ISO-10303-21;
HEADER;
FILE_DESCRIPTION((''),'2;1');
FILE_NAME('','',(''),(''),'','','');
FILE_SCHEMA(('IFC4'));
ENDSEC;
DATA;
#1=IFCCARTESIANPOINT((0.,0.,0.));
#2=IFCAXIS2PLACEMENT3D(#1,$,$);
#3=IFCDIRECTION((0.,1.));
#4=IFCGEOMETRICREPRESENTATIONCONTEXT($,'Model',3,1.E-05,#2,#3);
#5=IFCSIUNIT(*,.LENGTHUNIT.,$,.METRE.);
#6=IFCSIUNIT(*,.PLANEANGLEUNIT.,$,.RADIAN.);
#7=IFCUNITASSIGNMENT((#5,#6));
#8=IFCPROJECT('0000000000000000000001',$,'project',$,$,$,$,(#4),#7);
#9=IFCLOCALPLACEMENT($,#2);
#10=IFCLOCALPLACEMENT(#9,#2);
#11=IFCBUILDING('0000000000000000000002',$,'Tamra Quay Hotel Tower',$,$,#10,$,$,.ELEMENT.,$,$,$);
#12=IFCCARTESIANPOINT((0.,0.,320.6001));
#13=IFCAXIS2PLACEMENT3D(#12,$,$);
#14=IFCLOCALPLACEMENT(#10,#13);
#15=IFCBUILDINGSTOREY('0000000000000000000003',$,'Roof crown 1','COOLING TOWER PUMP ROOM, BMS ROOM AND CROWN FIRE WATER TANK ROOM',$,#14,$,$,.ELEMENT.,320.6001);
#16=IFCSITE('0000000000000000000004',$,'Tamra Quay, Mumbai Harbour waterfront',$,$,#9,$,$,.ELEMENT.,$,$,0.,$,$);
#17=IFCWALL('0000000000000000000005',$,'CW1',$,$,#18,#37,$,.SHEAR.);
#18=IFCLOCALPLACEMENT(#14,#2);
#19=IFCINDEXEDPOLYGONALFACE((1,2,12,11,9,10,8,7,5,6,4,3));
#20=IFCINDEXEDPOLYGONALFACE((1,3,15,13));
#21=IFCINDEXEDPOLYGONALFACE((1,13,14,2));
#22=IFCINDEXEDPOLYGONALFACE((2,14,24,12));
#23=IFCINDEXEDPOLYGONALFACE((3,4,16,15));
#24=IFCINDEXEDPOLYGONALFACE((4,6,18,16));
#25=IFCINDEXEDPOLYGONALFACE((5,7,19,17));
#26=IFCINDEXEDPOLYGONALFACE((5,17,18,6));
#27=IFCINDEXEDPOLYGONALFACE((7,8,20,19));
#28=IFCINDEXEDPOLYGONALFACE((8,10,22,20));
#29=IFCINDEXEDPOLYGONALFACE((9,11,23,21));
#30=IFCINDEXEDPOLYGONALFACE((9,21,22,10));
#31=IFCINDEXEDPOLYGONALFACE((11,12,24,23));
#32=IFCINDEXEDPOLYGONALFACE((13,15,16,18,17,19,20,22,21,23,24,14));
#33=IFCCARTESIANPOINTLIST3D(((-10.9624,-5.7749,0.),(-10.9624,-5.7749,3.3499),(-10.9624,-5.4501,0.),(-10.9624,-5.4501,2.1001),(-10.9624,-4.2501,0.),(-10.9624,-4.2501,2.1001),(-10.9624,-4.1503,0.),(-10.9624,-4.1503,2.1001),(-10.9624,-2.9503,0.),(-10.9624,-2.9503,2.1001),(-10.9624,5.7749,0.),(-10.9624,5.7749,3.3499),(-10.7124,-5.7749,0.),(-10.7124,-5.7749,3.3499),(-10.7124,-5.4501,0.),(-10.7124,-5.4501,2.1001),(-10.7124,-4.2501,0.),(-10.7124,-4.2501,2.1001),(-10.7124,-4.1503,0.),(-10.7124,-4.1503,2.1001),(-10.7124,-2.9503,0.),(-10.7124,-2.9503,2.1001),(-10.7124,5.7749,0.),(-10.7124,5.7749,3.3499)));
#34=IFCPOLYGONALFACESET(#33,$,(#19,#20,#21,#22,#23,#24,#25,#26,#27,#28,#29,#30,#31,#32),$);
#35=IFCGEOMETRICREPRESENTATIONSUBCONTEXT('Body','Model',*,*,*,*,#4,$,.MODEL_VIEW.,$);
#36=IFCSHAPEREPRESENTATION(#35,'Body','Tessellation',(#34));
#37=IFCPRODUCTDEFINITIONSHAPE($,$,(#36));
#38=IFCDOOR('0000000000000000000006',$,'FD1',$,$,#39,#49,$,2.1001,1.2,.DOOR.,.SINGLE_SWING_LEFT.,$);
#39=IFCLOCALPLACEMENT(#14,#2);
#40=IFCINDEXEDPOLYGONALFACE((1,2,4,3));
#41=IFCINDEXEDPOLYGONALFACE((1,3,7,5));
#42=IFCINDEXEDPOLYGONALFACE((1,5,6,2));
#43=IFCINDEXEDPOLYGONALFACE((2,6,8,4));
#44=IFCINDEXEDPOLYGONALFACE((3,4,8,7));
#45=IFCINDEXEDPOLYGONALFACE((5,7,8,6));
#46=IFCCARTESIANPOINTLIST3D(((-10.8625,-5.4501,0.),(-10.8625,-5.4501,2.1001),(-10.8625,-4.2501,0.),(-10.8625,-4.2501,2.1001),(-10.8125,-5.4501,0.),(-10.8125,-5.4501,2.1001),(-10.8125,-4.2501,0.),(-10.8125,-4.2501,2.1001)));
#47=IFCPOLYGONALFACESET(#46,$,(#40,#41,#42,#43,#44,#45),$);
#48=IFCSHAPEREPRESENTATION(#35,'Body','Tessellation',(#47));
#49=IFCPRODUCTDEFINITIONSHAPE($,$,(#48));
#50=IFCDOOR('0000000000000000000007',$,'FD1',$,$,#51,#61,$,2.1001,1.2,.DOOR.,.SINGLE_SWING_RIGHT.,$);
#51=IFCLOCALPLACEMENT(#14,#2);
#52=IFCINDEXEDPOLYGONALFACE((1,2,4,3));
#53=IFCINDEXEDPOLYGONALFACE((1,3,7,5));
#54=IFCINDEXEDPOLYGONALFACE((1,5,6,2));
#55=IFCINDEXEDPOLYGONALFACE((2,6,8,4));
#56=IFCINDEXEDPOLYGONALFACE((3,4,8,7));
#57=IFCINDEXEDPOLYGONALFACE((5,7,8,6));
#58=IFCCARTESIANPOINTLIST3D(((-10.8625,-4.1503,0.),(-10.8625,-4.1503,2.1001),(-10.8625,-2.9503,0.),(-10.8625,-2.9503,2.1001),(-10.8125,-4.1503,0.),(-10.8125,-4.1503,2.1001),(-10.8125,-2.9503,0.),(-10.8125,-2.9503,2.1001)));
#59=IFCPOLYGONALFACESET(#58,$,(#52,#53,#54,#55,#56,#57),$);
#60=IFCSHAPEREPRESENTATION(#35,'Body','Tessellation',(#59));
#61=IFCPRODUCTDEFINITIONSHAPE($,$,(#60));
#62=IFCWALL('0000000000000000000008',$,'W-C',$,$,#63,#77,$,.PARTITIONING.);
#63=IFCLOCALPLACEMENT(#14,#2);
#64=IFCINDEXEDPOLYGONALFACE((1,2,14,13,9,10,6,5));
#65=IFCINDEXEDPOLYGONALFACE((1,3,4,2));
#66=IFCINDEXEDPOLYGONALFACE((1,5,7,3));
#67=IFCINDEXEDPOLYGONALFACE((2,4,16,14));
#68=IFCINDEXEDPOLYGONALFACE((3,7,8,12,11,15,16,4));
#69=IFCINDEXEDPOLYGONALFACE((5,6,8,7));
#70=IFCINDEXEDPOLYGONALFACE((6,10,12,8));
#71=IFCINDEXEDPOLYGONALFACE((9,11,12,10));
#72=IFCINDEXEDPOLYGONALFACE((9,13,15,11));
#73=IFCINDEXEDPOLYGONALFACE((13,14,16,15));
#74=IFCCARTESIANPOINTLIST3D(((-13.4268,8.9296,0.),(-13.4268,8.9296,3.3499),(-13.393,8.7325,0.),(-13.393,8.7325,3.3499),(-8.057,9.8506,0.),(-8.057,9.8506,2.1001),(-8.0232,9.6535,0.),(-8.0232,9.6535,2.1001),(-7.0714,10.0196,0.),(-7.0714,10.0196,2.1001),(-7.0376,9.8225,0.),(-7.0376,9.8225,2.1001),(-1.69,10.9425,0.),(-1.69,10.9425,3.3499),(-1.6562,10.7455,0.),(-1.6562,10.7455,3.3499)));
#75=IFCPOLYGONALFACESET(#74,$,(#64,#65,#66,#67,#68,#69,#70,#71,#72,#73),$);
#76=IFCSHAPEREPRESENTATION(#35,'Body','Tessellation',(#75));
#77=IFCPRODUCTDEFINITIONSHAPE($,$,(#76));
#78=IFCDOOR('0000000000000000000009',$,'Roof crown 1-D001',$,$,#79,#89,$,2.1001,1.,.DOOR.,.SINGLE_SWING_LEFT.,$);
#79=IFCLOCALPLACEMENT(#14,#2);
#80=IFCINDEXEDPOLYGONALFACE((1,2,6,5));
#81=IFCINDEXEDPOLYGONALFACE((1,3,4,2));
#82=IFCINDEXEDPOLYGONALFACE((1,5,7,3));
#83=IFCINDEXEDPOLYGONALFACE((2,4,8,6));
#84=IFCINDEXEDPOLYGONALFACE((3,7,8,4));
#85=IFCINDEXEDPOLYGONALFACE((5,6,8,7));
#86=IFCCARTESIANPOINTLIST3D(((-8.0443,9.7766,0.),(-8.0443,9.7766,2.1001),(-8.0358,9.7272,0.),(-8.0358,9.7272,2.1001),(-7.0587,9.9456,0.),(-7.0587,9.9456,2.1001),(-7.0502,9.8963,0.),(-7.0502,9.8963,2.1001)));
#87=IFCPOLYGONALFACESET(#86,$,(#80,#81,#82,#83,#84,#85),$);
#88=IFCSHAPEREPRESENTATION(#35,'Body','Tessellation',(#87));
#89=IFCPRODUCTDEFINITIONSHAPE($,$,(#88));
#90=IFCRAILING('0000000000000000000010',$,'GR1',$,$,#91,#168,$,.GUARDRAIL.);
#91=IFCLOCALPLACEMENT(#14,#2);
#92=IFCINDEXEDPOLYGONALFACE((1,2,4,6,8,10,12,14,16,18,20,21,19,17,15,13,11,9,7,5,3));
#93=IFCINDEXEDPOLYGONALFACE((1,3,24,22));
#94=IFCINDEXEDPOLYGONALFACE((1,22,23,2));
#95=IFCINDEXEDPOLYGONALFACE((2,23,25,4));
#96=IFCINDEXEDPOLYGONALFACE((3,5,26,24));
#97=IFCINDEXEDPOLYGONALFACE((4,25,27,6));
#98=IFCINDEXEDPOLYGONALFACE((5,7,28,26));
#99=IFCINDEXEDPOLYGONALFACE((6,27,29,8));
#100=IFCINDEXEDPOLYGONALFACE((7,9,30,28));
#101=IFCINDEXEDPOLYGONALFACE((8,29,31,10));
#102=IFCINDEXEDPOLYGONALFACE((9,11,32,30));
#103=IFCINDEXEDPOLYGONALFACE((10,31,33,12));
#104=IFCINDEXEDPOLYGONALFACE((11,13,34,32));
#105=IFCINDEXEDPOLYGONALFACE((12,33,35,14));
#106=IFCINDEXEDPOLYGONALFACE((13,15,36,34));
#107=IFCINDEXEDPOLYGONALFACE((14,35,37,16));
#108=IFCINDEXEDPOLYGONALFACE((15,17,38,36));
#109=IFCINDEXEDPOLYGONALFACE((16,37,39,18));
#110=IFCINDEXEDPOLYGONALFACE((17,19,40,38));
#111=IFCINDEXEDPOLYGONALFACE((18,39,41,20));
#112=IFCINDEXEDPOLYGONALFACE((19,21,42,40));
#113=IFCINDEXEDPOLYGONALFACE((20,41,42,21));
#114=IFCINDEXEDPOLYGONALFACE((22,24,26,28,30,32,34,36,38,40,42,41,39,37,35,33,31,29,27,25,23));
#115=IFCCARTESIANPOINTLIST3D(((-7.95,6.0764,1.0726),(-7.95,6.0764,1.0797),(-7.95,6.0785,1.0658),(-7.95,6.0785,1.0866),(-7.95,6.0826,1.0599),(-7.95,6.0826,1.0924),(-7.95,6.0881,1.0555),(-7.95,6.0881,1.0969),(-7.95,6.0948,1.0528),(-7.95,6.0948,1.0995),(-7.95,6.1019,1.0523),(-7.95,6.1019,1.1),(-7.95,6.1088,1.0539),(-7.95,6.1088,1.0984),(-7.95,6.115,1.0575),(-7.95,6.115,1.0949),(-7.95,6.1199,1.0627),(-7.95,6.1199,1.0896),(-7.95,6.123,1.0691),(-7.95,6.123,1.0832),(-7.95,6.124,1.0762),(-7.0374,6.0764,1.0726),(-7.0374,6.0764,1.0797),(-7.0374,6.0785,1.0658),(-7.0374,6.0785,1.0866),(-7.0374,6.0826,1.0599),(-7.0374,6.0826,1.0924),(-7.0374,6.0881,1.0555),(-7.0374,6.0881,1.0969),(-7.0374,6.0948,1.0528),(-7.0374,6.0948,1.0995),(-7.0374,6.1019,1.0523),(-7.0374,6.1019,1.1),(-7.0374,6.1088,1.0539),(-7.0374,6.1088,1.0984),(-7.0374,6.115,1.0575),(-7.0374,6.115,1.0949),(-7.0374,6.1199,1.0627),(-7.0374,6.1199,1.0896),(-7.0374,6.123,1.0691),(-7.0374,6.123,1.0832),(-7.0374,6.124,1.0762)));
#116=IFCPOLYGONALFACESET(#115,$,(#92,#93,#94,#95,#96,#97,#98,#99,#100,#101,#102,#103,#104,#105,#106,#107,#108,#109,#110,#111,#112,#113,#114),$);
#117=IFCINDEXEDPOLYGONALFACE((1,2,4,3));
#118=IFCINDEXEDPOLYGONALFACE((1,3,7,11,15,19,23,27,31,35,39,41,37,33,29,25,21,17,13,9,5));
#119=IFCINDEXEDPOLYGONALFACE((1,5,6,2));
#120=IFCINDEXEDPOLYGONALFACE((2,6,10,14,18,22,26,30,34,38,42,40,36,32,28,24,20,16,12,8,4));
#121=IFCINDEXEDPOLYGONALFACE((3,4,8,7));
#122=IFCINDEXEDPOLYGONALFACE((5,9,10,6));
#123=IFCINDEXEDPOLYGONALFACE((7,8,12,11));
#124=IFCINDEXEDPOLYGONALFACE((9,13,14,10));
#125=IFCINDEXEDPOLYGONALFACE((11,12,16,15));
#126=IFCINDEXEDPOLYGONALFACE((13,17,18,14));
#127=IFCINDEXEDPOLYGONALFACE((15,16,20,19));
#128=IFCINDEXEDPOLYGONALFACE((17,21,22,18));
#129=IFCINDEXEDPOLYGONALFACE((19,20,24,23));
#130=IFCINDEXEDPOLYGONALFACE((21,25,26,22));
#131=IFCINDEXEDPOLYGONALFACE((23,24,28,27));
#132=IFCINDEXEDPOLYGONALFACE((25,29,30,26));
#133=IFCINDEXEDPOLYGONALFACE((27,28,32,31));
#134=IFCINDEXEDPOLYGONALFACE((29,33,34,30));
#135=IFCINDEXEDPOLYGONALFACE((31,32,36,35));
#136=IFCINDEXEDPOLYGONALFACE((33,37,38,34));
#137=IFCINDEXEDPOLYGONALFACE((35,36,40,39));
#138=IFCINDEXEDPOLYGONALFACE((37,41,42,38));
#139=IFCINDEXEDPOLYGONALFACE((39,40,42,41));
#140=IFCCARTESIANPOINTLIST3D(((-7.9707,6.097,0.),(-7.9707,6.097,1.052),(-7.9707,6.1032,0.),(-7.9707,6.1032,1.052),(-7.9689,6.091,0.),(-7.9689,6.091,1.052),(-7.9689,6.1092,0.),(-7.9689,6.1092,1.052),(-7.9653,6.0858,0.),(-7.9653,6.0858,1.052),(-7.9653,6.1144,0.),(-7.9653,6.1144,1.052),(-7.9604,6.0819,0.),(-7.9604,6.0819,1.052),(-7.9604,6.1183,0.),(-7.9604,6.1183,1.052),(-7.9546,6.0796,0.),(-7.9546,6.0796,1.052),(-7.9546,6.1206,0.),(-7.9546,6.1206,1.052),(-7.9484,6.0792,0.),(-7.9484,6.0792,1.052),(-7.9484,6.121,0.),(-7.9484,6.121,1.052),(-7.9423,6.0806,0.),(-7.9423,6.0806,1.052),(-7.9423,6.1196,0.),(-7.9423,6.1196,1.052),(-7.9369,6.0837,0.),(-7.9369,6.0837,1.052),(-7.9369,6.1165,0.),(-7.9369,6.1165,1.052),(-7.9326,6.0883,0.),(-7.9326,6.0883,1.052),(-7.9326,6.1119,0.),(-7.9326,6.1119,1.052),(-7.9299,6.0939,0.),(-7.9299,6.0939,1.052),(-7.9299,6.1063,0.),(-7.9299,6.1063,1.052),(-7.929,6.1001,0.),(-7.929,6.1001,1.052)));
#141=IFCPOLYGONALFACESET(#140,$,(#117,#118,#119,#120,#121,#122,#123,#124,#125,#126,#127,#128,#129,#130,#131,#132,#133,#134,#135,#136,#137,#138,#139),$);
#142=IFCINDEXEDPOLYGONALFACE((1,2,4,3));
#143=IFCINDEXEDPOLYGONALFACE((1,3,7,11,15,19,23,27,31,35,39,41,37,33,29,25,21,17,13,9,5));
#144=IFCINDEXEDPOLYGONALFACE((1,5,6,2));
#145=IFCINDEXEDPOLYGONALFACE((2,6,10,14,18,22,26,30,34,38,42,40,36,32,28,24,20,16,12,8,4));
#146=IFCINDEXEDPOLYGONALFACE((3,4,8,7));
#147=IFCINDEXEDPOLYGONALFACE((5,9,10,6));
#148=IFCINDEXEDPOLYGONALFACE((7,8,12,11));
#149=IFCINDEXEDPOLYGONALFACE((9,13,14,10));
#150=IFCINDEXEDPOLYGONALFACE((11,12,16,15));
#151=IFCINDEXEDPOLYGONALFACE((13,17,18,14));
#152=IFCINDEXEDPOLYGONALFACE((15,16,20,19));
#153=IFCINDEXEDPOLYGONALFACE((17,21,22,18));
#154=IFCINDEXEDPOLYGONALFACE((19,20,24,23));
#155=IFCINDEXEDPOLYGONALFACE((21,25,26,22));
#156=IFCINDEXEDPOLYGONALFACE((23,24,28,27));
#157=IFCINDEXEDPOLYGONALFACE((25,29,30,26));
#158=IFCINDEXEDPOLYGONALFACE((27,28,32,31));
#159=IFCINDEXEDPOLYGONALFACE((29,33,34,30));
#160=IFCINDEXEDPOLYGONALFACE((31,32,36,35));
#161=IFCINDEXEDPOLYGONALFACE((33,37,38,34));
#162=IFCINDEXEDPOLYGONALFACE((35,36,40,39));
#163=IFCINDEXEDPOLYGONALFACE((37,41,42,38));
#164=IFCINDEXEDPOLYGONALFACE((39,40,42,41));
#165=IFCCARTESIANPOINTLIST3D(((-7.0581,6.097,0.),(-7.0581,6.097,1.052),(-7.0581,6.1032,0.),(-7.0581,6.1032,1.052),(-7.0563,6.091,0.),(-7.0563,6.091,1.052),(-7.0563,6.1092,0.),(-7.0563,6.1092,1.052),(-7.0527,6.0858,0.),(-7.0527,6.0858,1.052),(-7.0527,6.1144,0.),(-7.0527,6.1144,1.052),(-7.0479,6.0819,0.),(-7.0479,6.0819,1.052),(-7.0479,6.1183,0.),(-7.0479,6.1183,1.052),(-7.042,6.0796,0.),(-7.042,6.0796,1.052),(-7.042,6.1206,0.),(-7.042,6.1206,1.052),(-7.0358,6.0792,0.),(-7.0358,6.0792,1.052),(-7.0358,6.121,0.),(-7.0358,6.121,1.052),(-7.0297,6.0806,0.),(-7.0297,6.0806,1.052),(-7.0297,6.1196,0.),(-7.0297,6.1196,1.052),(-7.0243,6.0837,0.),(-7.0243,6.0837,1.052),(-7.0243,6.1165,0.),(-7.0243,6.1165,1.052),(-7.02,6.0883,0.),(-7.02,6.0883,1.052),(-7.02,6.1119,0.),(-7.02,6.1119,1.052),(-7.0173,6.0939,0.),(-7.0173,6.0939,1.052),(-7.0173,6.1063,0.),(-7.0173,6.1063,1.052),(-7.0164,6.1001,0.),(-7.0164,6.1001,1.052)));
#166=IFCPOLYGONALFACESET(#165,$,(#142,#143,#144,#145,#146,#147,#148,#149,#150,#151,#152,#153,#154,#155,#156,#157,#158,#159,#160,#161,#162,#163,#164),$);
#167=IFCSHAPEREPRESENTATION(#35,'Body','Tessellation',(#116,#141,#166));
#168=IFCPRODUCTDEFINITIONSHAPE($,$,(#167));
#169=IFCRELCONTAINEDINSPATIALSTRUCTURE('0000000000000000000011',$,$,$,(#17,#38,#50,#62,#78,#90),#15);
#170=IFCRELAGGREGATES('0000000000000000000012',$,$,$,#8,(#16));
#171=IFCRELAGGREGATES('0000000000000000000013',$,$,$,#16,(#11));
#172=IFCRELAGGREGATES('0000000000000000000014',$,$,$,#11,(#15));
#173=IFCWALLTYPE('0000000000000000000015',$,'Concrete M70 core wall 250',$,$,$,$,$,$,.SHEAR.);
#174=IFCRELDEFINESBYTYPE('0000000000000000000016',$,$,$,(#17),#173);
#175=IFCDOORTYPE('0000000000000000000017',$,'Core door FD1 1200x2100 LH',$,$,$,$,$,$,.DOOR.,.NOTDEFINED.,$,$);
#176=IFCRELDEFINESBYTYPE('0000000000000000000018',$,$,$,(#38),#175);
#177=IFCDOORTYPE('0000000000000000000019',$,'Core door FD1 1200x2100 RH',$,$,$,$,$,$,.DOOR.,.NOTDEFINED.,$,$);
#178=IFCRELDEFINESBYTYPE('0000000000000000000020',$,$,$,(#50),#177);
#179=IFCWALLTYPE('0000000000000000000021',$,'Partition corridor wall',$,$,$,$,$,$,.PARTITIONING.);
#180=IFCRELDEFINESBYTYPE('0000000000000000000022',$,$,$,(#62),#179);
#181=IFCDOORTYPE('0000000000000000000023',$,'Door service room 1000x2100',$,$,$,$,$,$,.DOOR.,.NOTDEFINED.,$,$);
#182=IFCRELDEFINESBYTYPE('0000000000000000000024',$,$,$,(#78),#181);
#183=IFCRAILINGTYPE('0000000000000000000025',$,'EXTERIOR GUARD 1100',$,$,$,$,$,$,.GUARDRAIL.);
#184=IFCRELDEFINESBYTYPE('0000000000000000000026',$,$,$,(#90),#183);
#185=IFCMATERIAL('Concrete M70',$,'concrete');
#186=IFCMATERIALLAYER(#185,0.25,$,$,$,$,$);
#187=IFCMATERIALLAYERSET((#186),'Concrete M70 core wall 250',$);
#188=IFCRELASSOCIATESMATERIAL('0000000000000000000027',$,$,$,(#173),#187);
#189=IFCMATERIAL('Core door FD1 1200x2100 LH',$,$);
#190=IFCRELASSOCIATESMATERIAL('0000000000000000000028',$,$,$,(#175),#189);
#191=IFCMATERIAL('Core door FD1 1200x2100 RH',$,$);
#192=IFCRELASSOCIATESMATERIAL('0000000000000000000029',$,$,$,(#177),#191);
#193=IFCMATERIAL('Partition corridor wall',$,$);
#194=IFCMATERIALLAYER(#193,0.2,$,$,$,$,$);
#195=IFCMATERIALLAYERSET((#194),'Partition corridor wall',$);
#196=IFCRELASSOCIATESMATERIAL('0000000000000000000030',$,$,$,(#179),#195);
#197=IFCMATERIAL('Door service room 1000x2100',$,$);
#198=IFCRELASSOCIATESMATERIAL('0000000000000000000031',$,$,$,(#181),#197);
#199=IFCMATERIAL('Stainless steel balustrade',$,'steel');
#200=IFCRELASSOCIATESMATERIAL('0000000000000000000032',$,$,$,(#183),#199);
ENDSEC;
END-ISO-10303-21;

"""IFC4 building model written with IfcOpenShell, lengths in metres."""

from ifc_helpers import new_model, si_unit, direction, frame, frame_2d, origin, origin_2d, place, context, subcontext, project, spatial, rectangle, circle, extrude, material, layer, layer_set, type_object, element, fill, save


model = new_model("IFC4")

# Units and contexts
model_context = context("Model", 3, precision=1e-05, world=origin(), true_north=direction((0.0, 1.0)))
body_context = subcontext(model_context, "Body", "Model", "MODEL_VIEW")
ifc_project = project(units=[si_unit("LENGTHUNIT", "METRE"), si_unit("PLANEANGLEUNIT", "RADIAN")], contexts=[model_context])

# Site, building, storey
site_placement = place(None, origin())
site = spatial("IfcSite", under=ifc_project, at=site_placement, Name="Tamra Quay, Mumbai Harbour waterfront", CompositionType="ELEMENT", RefElevation=0.0)
building_placement = place(site_placement, origin())
building = spatial("IfcBuilding", under=site, at=building_placement, Name="Tamra Quay Hotel Tower", CompositionType="ELEMENT")
storey_placement = place(building_placement, frame((0.0, 0.0, 320.6001)))
storey = spatial("IfcBuildingStorey", under=building, at=storey_placement, Name="Roof crown 1", Description="COOLING TOWER PUMP ROOM, BMS ROOM AND CROWN FIRE WATER TANK ROOM", CompositionType="ELEMENT", Elevation=320.6001)

# Shared definitions
ifc_material_1 = material(Name="Concrete M70", Category="concrete")

# Wall, openings, doors
ifc_layer_1 = layer(ifc_material_1, 0.25)
ifc_layer_set_1 = layer_set([ifc_layer_1], Name="Concrete M70 core wall 250")
wall_type_1 = type_object("IfcWallType", Name="Concrete M70 core wall 250", PredefinedType="SHEAR", material=ifc_layer_set_1)
wall_1_placement = place(storey_placement, frame((-10.8374, 5.7749, 0.0), z_axis=(0.0, 0.0, 1.0), x_axis=(0.0, -1.0, 0.0)))
wall_1 = element("IfcWall", 1, at=wall_1_placement, inside=storey, type_object=wall_type_1, Name="CW1", PredefinedType="SHEAR", context=body_context, shape_type="SweptSolid", body=[
    extrude(rectangle(XDim=11.5498, YDim=0.25, at=frame_2d((5.7749, 0.0))), origin(), (0.0, 0.0, 1.0), 3.3499),
])
opening_1_placement = place(wall_1_placement, frame((10.0249, 0.0, 0.0)))
opening_1 = element("IfcOpeningElement", 2, at=opening_1_placement, cuts=wall_1, PredefinedType="OPENING", context=body_context, shape_type="SweptSolid", body=[
    extrude(rectangle(XDim=1.2, YDim=2.1001, at=frame_2d((0.6001, 1.05))), frame((0.0, 0.135, 0.0), z_axis=(0.0, -1.0, 0.0), x_axis=(1.0, 0.0, 0.0)), (0.0, 0.0, 1.0), 0.27),
])
opening_2_placement = place(wall_1_placement, frame((8.7251, 0.0, 0.0)))
opening_2 = element("IfcOpeningElement", 3, at=opening_2_placement, cuts=wall_1, PredefinedType="OPENING", context=body_context, shape_type="SweptSolid", body=[
    extrude(rectangle(XDim=1.2, YDim=2.1001, at=frame_2d((0.6001, 1.05))), frame((0.0, 0.135, 0.0), z_axis=(0.0, -1.0, 0.0), x_axis=(1.0, 0.0, 0.0)), (0.0, 0.0, 1.0), 0.27),
])
ifc_material_2 = material(Name="Core door FD1 1200x2100 LH")
door_type_1 = type_object("IfcDoorType", Name="Core door FD1 1200x2100 LH", OperationType="NOTDEFINED", PredefinedType="DOOR", material=ifc_material_2)
door_1_placement = place(opening_1_placement, origin())
door_1 = element("IfcDoor", 4, at=door_1_placement, inside=storey, type_object=door_type_1, Name="FD1", OperationType="SINGLE_SWING_LEFT", OverallHeight=2.1001, OverallWidth=1.2, PredefinedType="DOOR", context=body_context, shape_type="SweptSolid", body=[
    extrude(rectangle(XDim=1.2, YDim=2.1001, at=frame_2d((0.6001, 1.05))), frame((0.0, 0.0249, 0.0), z_axis=(0.0, -1.0, 0.0), x_axis=(1.0, 0.0, 0.0)), (0.0, 0.0, 1.0), 0.05),
])
fill(opening_1, door_1)
ifc_material_3 = material(Name="Core door FD1 1200x2100 RH")
door_type_2 = type_object("IfcDoorType", Name="Core door FD1 1200x2100 RH", OperationType="NOTDEFINED", PredefinedType="DOOR", material=ifc_material_3)
door_2_placement = place(opening_2_placement, origin())
door_2 = element("IfcDoor", 5, at=door_2_placement, inside=storey, type_object=door_type_2, Name="FD1", OperationType="SINGLE_SWING_RIGHT", OverallHeight=2.1001, OverallWidth=1.2, PredefinedType="DOOR", context=body_context, shape_type="SweptSolid", body=[
    extrude(rectangle(XDim=1.2, YDim=2.1001, at=frame_2d((0.6001, 1.05))), frame((0.0, 0.0249, 0.0), z_axis=(0.0, -1.0, 0.0), x_axis=(1.0, 0.0, 0.0)), (0.0, 0.0, 1.0), 0.05),
])
fill(opening_2, door_2)

# Wall, opening, door
ifc_material_4 = material(Name="Partition corridor wall")
ifc_layer_2 = layer(ifc_material_4, 0.2)
ifc_layer_set_2 = layer_set([ifc_layer_2], Name="Partition corridor wall")
wall_type_2 = type_object("IfcWallType", Name="Partition corridor wall", PredefinedType="PARTITIONING", material=ifc_layer_set_2)
wall_2_placement = place(storey_placement, frame((-13.4099, 8.8311, 0.0), z_axis=(0.0, 0.0, 1.0), x_axis=(0.985609, 0.169038, 0.0)))
wall_2 = element("IfcWall", 6, at=wall_2_placement, inside=storey, type_object=wall_type_2, Name="W-C", PredefinedType="PARTITIONING", context=body_context, shape_type="SweptSolid", body=[
    extrude(rectangle(XDim=11.9082, YDim=0.2, at=frame_2d((5.9541, 0.0))), origin(), (0.0, 0.0, 1.0), 3.3499),
])
opening_3_placement = place(wall_2_placement, frame((5.4482, 0.0, 0.0)))
opening_3 = element("IfcOpeningElement", 7, at=opening_3_placement, cuts=wall_2, PredefinedType="OPENING", context=body_context, shape_type="SweptSolid", body=[
    extrude(rectangle(XDim=1.0, YDim=2.1001, at=frame_2d((0.5, 1.05))), frame((0.0, 0.1099, 0.0), z_axis=(0.0, -1.0, 0.0), x_axis=(1.0, 0.0, 0.0)), (0.0, 0.0, 1.0), 0.22),
])
ifc_material_5 = material(Name="Door service room 1000x2100")
door_type_3 = type_object("IfcDoorType", Name="Door service room 1000x2100", OperationType="NOTDEFINED", PredefinedType="DOOR", material=ifc_material_5)
door_3_placement = place(opening_3_placement, origin())
door_3 = element("IfcDoor", 8, at=door_3_placement, inside=storey, type_object=door_type_3, Name="Roof crown 1-D001", OperationType="SINGLE_SWING_LEFT", OverallHeight=2.1001, OverallWidth=1.0, PredefinedType="DOOR", context=body_context, shape_type="SweptSolid", body=[
    extrude(rectangle(XDim=1.0, YDim=2.1001, at=frame_2d((0.5, 1.05))), frame((0.0, 0.0249, 0.0), z_axis=(0.0, -1.0, 0.0), x_axis=(1.0, 0.0, 0.0)), (0.0, 0.0, 1.0), 0.05),
])
fill(opening_3, door_3)

# Railing
ifc_material_6 = material(Name="Stainless steel balustrade", Category="steel")
railing_type = type_object("IfcRailingType", Name="EXTERIOR GUARD 1100", PredefinedType="GUARDRAIL", material=ifc_material_6)
railing_placement = place(storey_placement, frame((-7.95, 6.1001, 0.0)))
element("IfcRailing", 9, at=railing_placement, inside=storey, type_object=railing_type, Name="GR1", PredefinedType="GUARDRAIL", context=body_context, shape_type="SweptSolid", body=[
    extrude(circle(Radius=0.0239, at=origin_2d()), frame((0.0, 0.0, 1.0762), z_axis=(1.0, 0.0, 0.0), x_axis=(0.0, 1.0, 0.0)), (0.0, 0.0, 1.0), 0.9126),
    extrude(circle(Radius=0.021, at=origin_2d()), origin(), (0.0, 0.0, 1.0), 1.052),
    extrude(circle(Radius=0.021, at=origin_2d()), frame((0.9126, 0.0, 0.0)), (0.0, 0.0, 1.0), 1.052),
])

save(model, "model.ifc")
